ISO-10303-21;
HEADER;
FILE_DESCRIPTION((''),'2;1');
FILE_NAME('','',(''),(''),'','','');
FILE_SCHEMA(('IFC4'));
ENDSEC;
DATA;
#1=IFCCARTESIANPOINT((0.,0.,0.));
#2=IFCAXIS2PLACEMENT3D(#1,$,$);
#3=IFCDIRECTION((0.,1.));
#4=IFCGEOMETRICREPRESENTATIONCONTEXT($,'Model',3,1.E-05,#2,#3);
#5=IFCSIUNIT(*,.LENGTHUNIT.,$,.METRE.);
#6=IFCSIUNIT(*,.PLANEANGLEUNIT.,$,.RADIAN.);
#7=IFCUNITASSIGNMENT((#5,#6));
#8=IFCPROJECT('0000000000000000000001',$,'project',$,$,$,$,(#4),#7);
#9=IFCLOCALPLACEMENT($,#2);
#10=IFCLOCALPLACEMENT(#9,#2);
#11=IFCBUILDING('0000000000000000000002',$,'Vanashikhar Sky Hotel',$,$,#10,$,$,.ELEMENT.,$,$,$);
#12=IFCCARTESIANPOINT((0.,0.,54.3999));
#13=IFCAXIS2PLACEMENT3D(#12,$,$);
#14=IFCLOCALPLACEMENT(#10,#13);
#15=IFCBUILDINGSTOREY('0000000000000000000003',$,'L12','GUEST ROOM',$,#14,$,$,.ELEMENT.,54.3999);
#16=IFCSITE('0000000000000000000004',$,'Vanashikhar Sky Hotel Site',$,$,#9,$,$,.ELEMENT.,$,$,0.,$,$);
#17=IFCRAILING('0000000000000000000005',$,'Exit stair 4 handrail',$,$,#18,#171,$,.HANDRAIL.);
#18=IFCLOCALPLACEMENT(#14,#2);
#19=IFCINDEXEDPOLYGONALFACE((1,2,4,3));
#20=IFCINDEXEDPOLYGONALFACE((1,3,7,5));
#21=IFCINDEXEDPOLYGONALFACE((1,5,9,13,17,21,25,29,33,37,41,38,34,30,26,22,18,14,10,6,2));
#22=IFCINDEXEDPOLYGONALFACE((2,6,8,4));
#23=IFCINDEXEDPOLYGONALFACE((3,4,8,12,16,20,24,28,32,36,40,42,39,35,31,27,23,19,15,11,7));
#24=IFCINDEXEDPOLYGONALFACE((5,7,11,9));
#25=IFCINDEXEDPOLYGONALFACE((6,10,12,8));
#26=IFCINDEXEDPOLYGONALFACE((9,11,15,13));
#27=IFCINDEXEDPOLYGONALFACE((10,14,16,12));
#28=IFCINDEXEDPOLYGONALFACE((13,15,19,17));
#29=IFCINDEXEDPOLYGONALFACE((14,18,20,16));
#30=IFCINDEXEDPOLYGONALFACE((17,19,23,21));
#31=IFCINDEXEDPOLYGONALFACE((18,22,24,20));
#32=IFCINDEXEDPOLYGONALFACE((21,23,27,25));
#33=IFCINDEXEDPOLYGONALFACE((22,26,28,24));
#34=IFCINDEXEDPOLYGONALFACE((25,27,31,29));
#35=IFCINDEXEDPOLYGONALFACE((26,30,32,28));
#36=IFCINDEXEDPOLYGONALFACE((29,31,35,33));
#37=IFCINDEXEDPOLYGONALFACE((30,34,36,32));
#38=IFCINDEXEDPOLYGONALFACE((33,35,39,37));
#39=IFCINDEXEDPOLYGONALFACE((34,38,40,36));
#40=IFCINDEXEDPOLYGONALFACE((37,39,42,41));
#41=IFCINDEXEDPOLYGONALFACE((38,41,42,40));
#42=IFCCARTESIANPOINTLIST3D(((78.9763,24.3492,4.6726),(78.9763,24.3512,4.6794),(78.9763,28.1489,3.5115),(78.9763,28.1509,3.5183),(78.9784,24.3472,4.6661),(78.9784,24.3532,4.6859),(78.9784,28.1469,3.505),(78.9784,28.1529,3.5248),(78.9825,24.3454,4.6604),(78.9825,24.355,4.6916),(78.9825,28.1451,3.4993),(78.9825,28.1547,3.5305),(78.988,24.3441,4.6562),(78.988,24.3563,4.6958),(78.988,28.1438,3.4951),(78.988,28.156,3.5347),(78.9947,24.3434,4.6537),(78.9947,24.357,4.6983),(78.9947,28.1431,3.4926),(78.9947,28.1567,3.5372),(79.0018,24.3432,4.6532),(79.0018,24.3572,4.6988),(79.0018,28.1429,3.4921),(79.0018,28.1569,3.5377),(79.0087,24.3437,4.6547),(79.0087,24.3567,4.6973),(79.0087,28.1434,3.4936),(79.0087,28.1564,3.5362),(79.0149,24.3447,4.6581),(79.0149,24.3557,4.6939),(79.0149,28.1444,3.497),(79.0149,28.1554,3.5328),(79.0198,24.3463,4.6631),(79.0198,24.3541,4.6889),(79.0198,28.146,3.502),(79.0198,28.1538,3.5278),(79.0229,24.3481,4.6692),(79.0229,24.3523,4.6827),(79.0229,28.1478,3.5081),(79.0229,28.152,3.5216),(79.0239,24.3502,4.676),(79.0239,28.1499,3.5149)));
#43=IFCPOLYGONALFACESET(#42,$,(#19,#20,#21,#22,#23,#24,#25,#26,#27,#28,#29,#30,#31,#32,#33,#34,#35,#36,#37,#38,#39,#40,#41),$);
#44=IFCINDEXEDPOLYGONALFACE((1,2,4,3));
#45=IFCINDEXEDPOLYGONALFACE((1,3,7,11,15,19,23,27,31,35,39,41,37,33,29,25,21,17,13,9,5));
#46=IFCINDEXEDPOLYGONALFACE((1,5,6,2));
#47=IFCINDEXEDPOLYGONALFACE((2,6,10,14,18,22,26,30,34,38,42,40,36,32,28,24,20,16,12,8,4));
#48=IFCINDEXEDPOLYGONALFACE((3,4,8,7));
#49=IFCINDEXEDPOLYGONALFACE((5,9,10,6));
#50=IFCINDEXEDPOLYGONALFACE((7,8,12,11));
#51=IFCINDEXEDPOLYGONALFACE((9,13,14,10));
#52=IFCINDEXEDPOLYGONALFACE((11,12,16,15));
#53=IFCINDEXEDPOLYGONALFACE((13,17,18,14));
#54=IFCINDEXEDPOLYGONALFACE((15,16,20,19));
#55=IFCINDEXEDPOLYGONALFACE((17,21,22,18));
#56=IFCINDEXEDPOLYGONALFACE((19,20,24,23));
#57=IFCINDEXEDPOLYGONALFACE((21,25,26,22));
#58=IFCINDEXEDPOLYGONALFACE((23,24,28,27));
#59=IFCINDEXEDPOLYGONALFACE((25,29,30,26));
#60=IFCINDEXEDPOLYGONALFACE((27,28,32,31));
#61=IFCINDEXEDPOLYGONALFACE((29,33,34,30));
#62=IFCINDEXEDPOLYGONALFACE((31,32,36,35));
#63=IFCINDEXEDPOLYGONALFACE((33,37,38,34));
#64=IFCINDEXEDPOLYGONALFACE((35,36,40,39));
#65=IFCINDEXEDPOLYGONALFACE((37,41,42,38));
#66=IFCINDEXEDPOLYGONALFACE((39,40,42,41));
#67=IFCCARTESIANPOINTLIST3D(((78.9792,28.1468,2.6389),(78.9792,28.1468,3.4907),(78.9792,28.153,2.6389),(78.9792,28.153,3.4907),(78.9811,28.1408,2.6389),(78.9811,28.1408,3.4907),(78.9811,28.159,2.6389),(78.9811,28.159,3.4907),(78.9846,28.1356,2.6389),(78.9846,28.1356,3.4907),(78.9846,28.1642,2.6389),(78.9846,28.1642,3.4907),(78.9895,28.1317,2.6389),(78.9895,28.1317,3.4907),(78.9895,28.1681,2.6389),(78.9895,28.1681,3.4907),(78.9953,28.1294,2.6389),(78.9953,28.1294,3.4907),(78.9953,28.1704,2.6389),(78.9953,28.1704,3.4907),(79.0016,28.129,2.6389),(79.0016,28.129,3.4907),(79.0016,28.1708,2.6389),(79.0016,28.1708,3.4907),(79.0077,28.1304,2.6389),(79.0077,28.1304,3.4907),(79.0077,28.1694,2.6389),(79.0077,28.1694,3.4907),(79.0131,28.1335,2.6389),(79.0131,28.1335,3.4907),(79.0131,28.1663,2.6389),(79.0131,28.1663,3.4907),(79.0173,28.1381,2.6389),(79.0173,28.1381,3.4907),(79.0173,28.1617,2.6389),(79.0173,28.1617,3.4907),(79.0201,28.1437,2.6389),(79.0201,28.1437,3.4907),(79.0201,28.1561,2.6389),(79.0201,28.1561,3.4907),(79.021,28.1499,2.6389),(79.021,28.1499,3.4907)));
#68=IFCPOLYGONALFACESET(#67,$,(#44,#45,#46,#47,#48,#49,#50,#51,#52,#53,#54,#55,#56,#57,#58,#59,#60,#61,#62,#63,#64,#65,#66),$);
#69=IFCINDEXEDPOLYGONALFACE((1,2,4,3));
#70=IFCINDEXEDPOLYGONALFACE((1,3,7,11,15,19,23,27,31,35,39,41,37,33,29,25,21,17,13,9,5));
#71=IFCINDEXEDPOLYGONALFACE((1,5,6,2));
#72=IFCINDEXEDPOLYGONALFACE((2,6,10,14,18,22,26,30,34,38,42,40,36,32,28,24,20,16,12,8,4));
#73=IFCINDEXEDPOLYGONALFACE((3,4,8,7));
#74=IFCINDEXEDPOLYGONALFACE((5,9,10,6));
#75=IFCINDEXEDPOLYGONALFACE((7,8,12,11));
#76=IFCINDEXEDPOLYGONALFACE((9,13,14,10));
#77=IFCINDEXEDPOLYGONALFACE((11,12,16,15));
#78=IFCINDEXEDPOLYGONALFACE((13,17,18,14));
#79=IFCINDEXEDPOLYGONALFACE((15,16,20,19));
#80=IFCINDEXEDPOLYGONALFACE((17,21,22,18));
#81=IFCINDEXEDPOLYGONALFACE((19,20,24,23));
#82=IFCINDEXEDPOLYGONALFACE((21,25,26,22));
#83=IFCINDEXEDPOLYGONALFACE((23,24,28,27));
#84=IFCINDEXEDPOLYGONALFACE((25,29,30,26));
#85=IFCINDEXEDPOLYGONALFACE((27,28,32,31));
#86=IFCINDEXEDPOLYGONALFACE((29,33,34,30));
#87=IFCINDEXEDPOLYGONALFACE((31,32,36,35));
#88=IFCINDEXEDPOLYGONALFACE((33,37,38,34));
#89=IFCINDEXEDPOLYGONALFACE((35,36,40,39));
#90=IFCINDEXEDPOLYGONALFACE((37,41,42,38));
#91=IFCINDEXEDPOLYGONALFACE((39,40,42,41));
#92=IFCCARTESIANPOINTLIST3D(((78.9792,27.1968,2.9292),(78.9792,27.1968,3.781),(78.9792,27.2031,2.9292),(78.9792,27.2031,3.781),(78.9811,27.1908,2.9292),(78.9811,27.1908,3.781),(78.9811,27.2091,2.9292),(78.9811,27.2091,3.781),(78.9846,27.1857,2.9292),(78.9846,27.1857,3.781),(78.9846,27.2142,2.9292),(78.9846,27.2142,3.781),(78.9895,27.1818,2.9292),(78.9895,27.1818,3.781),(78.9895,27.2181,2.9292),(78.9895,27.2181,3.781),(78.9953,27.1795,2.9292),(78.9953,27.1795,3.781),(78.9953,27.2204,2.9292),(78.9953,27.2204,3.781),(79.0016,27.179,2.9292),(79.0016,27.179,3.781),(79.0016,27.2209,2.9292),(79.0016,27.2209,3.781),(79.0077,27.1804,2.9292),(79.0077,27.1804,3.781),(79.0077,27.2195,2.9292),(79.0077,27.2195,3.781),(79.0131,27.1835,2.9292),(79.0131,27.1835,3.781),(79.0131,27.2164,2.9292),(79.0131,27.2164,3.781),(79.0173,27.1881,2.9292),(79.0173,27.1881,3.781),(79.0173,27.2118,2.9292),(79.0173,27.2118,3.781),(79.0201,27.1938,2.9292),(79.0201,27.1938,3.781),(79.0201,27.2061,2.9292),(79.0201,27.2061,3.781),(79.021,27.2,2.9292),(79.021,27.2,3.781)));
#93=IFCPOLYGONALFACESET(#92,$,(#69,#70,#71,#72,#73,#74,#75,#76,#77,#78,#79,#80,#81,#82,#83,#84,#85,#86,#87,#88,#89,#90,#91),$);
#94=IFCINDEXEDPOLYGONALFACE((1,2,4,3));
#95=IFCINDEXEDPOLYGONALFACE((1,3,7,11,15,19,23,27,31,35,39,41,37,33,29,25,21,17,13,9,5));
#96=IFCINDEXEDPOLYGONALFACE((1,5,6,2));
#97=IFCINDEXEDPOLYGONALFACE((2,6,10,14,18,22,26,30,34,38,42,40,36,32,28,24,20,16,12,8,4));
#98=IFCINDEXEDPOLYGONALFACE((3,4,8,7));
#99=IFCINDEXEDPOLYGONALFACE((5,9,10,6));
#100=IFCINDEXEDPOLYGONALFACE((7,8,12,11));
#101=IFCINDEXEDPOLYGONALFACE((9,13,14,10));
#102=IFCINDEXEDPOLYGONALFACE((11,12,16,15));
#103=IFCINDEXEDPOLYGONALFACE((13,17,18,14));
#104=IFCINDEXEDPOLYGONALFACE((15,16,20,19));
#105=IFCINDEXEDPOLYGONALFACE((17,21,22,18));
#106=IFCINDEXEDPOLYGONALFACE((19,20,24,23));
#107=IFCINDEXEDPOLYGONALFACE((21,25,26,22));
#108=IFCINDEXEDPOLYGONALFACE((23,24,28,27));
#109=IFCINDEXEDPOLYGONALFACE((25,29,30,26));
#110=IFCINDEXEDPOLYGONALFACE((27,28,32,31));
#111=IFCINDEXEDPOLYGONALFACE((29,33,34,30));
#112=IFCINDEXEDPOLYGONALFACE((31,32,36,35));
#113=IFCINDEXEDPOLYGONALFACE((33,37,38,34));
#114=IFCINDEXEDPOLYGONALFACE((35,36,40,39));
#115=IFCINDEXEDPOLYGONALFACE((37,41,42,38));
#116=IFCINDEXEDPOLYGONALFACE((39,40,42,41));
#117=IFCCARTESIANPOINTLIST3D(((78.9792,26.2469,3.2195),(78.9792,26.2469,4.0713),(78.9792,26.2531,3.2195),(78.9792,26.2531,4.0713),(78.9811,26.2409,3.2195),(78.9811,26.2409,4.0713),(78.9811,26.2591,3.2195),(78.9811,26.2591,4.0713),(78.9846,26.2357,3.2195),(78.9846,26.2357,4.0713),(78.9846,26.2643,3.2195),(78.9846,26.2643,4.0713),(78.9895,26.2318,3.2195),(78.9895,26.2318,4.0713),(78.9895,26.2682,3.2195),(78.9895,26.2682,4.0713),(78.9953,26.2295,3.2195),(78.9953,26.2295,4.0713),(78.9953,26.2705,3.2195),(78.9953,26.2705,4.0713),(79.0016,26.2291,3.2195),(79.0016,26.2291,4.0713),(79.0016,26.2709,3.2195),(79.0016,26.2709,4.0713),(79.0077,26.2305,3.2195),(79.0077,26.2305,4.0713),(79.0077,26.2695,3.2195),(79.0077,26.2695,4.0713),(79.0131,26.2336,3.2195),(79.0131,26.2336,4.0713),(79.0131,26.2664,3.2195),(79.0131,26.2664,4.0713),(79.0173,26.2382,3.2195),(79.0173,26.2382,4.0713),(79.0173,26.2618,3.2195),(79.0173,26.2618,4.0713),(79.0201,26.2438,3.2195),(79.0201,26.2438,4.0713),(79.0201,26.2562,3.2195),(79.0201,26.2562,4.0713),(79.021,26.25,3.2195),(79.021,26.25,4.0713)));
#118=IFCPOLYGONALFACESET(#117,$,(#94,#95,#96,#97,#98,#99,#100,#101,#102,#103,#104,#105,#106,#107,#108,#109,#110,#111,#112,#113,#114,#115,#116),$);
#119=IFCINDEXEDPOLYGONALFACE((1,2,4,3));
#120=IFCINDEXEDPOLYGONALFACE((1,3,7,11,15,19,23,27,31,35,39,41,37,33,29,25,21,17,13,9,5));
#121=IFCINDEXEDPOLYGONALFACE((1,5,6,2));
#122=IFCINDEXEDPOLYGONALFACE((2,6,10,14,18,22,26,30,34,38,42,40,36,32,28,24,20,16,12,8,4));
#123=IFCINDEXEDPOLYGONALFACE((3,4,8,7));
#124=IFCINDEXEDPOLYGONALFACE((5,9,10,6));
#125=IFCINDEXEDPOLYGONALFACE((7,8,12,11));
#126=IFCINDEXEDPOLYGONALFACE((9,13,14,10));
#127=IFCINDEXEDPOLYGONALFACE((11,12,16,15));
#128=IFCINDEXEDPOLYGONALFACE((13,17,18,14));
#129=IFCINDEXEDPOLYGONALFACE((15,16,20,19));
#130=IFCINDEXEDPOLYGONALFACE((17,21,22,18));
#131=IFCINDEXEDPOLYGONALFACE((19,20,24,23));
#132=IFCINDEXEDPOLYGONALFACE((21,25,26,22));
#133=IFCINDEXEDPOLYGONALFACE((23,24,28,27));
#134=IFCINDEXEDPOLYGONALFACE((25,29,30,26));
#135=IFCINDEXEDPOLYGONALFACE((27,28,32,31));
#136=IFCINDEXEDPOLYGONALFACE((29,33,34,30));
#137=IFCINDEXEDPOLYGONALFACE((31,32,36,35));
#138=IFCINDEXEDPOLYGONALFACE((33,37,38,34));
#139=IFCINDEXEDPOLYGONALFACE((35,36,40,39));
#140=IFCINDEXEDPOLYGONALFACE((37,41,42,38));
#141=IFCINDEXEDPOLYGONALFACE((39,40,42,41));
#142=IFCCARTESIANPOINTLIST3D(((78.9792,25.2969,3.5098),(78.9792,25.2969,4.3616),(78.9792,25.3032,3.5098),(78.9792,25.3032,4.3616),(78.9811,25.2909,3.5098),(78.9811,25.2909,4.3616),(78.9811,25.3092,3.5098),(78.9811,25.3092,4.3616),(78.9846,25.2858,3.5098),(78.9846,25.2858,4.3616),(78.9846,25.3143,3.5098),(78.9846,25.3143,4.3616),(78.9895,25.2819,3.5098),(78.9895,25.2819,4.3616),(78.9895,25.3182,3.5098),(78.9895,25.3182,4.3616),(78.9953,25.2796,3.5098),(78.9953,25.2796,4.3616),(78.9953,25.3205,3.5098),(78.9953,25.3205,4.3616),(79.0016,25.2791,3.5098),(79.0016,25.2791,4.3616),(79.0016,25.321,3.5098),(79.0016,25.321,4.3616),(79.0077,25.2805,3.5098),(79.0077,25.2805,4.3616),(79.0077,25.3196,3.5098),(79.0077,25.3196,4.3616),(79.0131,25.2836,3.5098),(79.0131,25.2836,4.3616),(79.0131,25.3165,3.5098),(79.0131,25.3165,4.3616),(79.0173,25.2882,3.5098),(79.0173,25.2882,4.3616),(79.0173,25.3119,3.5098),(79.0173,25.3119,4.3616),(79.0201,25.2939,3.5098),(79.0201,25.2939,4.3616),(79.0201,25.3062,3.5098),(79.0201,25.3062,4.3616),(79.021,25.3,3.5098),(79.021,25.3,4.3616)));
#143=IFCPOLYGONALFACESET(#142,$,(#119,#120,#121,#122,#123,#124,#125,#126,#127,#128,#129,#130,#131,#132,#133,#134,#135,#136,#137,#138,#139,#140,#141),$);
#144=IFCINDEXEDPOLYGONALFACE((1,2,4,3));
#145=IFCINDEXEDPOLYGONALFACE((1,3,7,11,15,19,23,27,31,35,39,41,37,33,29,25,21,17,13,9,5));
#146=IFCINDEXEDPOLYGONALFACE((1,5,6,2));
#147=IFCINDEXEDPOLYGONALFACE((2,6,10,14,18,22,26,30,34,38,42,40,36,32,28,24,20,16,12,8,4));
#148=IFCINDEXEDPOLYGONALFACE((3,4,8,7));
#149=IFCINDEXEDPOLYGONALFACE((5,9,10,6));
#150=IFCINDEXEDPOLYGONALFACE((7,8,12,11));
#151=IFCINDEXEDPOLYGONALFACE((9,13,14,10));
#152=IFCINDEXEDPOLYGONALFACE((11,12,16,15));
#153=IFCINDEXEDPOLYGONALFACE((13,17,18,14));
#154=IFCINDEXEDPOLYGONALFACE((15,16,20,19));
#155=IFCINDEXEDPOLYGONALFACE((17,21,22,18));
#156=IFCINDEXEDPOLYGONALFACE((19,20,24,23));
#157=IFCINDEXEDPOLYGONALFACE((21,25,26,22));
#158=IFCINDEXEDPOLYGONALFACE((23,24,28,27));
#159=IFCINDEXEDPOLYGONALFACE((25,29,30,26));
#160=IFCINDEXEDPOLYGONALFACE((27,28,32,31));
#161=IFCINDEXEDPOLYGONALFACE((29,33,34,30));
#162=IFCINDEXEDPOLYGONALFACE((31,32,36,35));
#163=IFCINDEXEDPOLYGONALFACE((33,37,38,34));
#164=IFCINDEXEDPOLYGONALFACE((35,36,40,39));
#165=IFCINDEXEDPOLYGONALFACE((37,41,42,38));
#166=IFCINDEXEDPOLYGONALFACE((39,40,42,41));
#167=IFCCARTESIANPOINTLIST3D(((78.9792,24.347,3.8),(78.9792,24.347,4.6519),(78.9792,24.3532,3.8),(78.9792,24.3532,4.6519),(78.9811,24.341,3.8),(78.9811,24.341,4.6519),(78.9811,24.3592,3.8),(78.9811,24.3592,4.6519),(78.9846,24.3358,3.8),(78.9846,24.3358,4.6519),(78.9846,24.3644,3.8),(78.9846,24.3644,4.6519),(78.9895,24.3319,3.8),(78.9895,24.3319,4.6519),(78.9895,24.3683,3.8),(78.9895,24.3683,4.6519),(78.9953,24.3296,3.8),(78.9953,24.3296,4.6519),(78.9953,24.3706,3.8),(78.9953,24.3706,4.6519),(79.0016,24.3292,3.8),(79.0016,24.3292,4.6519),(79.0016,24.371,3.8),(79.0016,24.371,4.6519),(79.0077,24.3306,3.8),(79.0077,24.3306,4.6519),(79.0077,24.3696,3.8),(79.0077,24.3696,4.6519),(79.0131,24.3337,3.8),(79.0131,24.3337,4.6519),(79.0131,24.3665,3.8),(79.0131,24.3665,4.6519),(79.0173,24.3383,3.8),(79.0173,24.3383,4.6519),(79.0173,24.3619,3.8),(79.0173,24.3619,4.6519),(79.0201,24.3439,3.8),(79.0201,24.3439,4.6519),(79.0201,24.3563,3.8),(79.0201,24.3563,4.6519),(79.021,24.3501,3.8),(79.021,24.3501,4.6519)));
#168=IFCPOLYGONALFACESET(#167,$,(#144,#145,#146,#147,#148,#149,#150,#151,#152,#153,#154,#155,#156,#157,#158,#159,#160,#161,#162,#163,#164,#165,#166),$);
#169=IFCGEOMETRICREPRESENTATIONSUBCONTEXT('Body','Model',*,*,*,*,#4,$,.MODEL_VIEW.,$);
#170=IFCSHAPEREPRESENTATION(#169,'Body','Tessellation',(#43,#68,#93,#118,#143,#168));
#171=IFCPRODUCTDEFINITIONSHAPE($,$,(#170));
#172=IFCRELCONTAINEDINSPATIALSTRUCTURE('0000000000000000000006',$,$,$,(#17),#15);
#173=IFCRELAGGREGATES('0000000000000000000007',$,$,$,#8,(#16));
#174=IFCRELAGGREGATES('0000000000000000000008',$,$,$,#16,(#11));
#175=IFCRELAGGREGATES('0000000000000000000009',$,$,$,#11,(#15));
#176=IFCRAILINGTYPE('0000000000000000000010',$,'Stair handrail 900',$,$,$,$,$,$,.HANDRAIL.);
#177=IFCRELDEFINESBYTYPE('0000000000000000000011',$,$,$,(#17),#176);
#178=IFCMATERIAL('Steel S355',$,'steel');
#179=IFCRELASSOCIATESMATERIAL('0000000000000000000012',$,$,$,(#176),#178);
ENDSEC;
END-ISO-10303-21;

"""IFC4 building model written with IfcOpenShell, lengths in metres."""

from ifc_helpers import new_model, si_unit, direction, frame, origin, origin_2d, place, context, subcontext, project, spatial, circle, extrude, source, transform, mapped, material, type_object, element, save


model = new_model("IFC4")

# Units and contexts
model_context = context("Model", 3, precision=1e-05, world=origin(), true_north=direction((0.0, 1.0)))
body_context = subcontext(model_context, "Body", "Model", "MODEL_VIEW")
ifc_project = project(units=[si_unit("LENGTHUNIT", "METRE"), si_unit("PLANEANGLEUNIT", "RADIAN")], contexts=[model_context])

# Site, building, storey
site_placement = place(None, origin())
site = spatial("IfcSite", under=ifc_project, at=site_placement, Name="Vanashikhar Sky Hotel Site", CompositionType="ELEMENT", RefElevation=0.0)
building_placement = place(site_placement, origin())
building = spatial("IfcBuilding", under=site, at=building_placement, Name="Vanashikhar Sky Hotel", CompositionType="ELEMENT")
storey_placement = place(building_placement, frame((0.0, 0.0, 54.3999)))
storey = spatial("IfcBuildingStorey", under=building, at=storey_placement, Name="L12", Description="GUEST ROOM", CompositionType="ELEMENT", Elevation=54.3999)

# Railing
ifc_material_1 = material(Name="Steel S355", Category="steel")
railing_type_1 = type_object("IfcRailingType", Name="Stair handrail 900", PredefinedType="HANDRAIL", material=ifc_material_1)
shared_shape_1 = source(origin(), body_context, "Body", "SweptSolid", [
    extrude(circle(Radius=0.0239, at=origin_2d()), frame((0.0, 0.0, 0.876), z_axis=(0.0, -0.956346, 0.292237), x_axis=(1.0, 0.0, 0.0)), (0.0, 0.0, 1.0), 3.9731),
    extrude(circle(Radius=0.021, at=origin_2d()), origin(), (0.0, 0.0, 1.0), 0.8518),
    extrude(circle(Radius=0.021, at=origin_2d()), frame((0.0, -0.95, 0.2903)), (0.0, 0.0, 1.0), 0.8518),
    extrude(circle(Radius=0.021, at=origin_2d()), frame((0.0, -1.8999, 0.5806)), (0.0, 0.0, 1.0), 0.8518),
    extrude(circle(Radius=0.021, at=origin_2d()), frame((0.0, -2.8499, 0.8708)), (0.0, 0.0, 1.0), 0.8518),
    extrude(circle(Radius=0.021, at=origin_2d()), frame((0.0, -3.7998, 1.1611)), (0.0, 0.0, 1.0), 0.8518),
])
for number, where, name in (
    (1, (79.0, 28.1499, 2.6389), "Exit stair 4 handrail"),
):
    element("IfcRailing", number, at=place(storey_placement, frame(where)), inside=storey, type_object=railing_type_1, Name=name, PredefinedType="HANDRAIL", context=body_context, shape_type="MappedRepresentation", body=[
        mapped(shared_shape_1, transform((0.0, 0.0, 0.0), scale=1.0)),
    ])

save(model, "model.ifc")
